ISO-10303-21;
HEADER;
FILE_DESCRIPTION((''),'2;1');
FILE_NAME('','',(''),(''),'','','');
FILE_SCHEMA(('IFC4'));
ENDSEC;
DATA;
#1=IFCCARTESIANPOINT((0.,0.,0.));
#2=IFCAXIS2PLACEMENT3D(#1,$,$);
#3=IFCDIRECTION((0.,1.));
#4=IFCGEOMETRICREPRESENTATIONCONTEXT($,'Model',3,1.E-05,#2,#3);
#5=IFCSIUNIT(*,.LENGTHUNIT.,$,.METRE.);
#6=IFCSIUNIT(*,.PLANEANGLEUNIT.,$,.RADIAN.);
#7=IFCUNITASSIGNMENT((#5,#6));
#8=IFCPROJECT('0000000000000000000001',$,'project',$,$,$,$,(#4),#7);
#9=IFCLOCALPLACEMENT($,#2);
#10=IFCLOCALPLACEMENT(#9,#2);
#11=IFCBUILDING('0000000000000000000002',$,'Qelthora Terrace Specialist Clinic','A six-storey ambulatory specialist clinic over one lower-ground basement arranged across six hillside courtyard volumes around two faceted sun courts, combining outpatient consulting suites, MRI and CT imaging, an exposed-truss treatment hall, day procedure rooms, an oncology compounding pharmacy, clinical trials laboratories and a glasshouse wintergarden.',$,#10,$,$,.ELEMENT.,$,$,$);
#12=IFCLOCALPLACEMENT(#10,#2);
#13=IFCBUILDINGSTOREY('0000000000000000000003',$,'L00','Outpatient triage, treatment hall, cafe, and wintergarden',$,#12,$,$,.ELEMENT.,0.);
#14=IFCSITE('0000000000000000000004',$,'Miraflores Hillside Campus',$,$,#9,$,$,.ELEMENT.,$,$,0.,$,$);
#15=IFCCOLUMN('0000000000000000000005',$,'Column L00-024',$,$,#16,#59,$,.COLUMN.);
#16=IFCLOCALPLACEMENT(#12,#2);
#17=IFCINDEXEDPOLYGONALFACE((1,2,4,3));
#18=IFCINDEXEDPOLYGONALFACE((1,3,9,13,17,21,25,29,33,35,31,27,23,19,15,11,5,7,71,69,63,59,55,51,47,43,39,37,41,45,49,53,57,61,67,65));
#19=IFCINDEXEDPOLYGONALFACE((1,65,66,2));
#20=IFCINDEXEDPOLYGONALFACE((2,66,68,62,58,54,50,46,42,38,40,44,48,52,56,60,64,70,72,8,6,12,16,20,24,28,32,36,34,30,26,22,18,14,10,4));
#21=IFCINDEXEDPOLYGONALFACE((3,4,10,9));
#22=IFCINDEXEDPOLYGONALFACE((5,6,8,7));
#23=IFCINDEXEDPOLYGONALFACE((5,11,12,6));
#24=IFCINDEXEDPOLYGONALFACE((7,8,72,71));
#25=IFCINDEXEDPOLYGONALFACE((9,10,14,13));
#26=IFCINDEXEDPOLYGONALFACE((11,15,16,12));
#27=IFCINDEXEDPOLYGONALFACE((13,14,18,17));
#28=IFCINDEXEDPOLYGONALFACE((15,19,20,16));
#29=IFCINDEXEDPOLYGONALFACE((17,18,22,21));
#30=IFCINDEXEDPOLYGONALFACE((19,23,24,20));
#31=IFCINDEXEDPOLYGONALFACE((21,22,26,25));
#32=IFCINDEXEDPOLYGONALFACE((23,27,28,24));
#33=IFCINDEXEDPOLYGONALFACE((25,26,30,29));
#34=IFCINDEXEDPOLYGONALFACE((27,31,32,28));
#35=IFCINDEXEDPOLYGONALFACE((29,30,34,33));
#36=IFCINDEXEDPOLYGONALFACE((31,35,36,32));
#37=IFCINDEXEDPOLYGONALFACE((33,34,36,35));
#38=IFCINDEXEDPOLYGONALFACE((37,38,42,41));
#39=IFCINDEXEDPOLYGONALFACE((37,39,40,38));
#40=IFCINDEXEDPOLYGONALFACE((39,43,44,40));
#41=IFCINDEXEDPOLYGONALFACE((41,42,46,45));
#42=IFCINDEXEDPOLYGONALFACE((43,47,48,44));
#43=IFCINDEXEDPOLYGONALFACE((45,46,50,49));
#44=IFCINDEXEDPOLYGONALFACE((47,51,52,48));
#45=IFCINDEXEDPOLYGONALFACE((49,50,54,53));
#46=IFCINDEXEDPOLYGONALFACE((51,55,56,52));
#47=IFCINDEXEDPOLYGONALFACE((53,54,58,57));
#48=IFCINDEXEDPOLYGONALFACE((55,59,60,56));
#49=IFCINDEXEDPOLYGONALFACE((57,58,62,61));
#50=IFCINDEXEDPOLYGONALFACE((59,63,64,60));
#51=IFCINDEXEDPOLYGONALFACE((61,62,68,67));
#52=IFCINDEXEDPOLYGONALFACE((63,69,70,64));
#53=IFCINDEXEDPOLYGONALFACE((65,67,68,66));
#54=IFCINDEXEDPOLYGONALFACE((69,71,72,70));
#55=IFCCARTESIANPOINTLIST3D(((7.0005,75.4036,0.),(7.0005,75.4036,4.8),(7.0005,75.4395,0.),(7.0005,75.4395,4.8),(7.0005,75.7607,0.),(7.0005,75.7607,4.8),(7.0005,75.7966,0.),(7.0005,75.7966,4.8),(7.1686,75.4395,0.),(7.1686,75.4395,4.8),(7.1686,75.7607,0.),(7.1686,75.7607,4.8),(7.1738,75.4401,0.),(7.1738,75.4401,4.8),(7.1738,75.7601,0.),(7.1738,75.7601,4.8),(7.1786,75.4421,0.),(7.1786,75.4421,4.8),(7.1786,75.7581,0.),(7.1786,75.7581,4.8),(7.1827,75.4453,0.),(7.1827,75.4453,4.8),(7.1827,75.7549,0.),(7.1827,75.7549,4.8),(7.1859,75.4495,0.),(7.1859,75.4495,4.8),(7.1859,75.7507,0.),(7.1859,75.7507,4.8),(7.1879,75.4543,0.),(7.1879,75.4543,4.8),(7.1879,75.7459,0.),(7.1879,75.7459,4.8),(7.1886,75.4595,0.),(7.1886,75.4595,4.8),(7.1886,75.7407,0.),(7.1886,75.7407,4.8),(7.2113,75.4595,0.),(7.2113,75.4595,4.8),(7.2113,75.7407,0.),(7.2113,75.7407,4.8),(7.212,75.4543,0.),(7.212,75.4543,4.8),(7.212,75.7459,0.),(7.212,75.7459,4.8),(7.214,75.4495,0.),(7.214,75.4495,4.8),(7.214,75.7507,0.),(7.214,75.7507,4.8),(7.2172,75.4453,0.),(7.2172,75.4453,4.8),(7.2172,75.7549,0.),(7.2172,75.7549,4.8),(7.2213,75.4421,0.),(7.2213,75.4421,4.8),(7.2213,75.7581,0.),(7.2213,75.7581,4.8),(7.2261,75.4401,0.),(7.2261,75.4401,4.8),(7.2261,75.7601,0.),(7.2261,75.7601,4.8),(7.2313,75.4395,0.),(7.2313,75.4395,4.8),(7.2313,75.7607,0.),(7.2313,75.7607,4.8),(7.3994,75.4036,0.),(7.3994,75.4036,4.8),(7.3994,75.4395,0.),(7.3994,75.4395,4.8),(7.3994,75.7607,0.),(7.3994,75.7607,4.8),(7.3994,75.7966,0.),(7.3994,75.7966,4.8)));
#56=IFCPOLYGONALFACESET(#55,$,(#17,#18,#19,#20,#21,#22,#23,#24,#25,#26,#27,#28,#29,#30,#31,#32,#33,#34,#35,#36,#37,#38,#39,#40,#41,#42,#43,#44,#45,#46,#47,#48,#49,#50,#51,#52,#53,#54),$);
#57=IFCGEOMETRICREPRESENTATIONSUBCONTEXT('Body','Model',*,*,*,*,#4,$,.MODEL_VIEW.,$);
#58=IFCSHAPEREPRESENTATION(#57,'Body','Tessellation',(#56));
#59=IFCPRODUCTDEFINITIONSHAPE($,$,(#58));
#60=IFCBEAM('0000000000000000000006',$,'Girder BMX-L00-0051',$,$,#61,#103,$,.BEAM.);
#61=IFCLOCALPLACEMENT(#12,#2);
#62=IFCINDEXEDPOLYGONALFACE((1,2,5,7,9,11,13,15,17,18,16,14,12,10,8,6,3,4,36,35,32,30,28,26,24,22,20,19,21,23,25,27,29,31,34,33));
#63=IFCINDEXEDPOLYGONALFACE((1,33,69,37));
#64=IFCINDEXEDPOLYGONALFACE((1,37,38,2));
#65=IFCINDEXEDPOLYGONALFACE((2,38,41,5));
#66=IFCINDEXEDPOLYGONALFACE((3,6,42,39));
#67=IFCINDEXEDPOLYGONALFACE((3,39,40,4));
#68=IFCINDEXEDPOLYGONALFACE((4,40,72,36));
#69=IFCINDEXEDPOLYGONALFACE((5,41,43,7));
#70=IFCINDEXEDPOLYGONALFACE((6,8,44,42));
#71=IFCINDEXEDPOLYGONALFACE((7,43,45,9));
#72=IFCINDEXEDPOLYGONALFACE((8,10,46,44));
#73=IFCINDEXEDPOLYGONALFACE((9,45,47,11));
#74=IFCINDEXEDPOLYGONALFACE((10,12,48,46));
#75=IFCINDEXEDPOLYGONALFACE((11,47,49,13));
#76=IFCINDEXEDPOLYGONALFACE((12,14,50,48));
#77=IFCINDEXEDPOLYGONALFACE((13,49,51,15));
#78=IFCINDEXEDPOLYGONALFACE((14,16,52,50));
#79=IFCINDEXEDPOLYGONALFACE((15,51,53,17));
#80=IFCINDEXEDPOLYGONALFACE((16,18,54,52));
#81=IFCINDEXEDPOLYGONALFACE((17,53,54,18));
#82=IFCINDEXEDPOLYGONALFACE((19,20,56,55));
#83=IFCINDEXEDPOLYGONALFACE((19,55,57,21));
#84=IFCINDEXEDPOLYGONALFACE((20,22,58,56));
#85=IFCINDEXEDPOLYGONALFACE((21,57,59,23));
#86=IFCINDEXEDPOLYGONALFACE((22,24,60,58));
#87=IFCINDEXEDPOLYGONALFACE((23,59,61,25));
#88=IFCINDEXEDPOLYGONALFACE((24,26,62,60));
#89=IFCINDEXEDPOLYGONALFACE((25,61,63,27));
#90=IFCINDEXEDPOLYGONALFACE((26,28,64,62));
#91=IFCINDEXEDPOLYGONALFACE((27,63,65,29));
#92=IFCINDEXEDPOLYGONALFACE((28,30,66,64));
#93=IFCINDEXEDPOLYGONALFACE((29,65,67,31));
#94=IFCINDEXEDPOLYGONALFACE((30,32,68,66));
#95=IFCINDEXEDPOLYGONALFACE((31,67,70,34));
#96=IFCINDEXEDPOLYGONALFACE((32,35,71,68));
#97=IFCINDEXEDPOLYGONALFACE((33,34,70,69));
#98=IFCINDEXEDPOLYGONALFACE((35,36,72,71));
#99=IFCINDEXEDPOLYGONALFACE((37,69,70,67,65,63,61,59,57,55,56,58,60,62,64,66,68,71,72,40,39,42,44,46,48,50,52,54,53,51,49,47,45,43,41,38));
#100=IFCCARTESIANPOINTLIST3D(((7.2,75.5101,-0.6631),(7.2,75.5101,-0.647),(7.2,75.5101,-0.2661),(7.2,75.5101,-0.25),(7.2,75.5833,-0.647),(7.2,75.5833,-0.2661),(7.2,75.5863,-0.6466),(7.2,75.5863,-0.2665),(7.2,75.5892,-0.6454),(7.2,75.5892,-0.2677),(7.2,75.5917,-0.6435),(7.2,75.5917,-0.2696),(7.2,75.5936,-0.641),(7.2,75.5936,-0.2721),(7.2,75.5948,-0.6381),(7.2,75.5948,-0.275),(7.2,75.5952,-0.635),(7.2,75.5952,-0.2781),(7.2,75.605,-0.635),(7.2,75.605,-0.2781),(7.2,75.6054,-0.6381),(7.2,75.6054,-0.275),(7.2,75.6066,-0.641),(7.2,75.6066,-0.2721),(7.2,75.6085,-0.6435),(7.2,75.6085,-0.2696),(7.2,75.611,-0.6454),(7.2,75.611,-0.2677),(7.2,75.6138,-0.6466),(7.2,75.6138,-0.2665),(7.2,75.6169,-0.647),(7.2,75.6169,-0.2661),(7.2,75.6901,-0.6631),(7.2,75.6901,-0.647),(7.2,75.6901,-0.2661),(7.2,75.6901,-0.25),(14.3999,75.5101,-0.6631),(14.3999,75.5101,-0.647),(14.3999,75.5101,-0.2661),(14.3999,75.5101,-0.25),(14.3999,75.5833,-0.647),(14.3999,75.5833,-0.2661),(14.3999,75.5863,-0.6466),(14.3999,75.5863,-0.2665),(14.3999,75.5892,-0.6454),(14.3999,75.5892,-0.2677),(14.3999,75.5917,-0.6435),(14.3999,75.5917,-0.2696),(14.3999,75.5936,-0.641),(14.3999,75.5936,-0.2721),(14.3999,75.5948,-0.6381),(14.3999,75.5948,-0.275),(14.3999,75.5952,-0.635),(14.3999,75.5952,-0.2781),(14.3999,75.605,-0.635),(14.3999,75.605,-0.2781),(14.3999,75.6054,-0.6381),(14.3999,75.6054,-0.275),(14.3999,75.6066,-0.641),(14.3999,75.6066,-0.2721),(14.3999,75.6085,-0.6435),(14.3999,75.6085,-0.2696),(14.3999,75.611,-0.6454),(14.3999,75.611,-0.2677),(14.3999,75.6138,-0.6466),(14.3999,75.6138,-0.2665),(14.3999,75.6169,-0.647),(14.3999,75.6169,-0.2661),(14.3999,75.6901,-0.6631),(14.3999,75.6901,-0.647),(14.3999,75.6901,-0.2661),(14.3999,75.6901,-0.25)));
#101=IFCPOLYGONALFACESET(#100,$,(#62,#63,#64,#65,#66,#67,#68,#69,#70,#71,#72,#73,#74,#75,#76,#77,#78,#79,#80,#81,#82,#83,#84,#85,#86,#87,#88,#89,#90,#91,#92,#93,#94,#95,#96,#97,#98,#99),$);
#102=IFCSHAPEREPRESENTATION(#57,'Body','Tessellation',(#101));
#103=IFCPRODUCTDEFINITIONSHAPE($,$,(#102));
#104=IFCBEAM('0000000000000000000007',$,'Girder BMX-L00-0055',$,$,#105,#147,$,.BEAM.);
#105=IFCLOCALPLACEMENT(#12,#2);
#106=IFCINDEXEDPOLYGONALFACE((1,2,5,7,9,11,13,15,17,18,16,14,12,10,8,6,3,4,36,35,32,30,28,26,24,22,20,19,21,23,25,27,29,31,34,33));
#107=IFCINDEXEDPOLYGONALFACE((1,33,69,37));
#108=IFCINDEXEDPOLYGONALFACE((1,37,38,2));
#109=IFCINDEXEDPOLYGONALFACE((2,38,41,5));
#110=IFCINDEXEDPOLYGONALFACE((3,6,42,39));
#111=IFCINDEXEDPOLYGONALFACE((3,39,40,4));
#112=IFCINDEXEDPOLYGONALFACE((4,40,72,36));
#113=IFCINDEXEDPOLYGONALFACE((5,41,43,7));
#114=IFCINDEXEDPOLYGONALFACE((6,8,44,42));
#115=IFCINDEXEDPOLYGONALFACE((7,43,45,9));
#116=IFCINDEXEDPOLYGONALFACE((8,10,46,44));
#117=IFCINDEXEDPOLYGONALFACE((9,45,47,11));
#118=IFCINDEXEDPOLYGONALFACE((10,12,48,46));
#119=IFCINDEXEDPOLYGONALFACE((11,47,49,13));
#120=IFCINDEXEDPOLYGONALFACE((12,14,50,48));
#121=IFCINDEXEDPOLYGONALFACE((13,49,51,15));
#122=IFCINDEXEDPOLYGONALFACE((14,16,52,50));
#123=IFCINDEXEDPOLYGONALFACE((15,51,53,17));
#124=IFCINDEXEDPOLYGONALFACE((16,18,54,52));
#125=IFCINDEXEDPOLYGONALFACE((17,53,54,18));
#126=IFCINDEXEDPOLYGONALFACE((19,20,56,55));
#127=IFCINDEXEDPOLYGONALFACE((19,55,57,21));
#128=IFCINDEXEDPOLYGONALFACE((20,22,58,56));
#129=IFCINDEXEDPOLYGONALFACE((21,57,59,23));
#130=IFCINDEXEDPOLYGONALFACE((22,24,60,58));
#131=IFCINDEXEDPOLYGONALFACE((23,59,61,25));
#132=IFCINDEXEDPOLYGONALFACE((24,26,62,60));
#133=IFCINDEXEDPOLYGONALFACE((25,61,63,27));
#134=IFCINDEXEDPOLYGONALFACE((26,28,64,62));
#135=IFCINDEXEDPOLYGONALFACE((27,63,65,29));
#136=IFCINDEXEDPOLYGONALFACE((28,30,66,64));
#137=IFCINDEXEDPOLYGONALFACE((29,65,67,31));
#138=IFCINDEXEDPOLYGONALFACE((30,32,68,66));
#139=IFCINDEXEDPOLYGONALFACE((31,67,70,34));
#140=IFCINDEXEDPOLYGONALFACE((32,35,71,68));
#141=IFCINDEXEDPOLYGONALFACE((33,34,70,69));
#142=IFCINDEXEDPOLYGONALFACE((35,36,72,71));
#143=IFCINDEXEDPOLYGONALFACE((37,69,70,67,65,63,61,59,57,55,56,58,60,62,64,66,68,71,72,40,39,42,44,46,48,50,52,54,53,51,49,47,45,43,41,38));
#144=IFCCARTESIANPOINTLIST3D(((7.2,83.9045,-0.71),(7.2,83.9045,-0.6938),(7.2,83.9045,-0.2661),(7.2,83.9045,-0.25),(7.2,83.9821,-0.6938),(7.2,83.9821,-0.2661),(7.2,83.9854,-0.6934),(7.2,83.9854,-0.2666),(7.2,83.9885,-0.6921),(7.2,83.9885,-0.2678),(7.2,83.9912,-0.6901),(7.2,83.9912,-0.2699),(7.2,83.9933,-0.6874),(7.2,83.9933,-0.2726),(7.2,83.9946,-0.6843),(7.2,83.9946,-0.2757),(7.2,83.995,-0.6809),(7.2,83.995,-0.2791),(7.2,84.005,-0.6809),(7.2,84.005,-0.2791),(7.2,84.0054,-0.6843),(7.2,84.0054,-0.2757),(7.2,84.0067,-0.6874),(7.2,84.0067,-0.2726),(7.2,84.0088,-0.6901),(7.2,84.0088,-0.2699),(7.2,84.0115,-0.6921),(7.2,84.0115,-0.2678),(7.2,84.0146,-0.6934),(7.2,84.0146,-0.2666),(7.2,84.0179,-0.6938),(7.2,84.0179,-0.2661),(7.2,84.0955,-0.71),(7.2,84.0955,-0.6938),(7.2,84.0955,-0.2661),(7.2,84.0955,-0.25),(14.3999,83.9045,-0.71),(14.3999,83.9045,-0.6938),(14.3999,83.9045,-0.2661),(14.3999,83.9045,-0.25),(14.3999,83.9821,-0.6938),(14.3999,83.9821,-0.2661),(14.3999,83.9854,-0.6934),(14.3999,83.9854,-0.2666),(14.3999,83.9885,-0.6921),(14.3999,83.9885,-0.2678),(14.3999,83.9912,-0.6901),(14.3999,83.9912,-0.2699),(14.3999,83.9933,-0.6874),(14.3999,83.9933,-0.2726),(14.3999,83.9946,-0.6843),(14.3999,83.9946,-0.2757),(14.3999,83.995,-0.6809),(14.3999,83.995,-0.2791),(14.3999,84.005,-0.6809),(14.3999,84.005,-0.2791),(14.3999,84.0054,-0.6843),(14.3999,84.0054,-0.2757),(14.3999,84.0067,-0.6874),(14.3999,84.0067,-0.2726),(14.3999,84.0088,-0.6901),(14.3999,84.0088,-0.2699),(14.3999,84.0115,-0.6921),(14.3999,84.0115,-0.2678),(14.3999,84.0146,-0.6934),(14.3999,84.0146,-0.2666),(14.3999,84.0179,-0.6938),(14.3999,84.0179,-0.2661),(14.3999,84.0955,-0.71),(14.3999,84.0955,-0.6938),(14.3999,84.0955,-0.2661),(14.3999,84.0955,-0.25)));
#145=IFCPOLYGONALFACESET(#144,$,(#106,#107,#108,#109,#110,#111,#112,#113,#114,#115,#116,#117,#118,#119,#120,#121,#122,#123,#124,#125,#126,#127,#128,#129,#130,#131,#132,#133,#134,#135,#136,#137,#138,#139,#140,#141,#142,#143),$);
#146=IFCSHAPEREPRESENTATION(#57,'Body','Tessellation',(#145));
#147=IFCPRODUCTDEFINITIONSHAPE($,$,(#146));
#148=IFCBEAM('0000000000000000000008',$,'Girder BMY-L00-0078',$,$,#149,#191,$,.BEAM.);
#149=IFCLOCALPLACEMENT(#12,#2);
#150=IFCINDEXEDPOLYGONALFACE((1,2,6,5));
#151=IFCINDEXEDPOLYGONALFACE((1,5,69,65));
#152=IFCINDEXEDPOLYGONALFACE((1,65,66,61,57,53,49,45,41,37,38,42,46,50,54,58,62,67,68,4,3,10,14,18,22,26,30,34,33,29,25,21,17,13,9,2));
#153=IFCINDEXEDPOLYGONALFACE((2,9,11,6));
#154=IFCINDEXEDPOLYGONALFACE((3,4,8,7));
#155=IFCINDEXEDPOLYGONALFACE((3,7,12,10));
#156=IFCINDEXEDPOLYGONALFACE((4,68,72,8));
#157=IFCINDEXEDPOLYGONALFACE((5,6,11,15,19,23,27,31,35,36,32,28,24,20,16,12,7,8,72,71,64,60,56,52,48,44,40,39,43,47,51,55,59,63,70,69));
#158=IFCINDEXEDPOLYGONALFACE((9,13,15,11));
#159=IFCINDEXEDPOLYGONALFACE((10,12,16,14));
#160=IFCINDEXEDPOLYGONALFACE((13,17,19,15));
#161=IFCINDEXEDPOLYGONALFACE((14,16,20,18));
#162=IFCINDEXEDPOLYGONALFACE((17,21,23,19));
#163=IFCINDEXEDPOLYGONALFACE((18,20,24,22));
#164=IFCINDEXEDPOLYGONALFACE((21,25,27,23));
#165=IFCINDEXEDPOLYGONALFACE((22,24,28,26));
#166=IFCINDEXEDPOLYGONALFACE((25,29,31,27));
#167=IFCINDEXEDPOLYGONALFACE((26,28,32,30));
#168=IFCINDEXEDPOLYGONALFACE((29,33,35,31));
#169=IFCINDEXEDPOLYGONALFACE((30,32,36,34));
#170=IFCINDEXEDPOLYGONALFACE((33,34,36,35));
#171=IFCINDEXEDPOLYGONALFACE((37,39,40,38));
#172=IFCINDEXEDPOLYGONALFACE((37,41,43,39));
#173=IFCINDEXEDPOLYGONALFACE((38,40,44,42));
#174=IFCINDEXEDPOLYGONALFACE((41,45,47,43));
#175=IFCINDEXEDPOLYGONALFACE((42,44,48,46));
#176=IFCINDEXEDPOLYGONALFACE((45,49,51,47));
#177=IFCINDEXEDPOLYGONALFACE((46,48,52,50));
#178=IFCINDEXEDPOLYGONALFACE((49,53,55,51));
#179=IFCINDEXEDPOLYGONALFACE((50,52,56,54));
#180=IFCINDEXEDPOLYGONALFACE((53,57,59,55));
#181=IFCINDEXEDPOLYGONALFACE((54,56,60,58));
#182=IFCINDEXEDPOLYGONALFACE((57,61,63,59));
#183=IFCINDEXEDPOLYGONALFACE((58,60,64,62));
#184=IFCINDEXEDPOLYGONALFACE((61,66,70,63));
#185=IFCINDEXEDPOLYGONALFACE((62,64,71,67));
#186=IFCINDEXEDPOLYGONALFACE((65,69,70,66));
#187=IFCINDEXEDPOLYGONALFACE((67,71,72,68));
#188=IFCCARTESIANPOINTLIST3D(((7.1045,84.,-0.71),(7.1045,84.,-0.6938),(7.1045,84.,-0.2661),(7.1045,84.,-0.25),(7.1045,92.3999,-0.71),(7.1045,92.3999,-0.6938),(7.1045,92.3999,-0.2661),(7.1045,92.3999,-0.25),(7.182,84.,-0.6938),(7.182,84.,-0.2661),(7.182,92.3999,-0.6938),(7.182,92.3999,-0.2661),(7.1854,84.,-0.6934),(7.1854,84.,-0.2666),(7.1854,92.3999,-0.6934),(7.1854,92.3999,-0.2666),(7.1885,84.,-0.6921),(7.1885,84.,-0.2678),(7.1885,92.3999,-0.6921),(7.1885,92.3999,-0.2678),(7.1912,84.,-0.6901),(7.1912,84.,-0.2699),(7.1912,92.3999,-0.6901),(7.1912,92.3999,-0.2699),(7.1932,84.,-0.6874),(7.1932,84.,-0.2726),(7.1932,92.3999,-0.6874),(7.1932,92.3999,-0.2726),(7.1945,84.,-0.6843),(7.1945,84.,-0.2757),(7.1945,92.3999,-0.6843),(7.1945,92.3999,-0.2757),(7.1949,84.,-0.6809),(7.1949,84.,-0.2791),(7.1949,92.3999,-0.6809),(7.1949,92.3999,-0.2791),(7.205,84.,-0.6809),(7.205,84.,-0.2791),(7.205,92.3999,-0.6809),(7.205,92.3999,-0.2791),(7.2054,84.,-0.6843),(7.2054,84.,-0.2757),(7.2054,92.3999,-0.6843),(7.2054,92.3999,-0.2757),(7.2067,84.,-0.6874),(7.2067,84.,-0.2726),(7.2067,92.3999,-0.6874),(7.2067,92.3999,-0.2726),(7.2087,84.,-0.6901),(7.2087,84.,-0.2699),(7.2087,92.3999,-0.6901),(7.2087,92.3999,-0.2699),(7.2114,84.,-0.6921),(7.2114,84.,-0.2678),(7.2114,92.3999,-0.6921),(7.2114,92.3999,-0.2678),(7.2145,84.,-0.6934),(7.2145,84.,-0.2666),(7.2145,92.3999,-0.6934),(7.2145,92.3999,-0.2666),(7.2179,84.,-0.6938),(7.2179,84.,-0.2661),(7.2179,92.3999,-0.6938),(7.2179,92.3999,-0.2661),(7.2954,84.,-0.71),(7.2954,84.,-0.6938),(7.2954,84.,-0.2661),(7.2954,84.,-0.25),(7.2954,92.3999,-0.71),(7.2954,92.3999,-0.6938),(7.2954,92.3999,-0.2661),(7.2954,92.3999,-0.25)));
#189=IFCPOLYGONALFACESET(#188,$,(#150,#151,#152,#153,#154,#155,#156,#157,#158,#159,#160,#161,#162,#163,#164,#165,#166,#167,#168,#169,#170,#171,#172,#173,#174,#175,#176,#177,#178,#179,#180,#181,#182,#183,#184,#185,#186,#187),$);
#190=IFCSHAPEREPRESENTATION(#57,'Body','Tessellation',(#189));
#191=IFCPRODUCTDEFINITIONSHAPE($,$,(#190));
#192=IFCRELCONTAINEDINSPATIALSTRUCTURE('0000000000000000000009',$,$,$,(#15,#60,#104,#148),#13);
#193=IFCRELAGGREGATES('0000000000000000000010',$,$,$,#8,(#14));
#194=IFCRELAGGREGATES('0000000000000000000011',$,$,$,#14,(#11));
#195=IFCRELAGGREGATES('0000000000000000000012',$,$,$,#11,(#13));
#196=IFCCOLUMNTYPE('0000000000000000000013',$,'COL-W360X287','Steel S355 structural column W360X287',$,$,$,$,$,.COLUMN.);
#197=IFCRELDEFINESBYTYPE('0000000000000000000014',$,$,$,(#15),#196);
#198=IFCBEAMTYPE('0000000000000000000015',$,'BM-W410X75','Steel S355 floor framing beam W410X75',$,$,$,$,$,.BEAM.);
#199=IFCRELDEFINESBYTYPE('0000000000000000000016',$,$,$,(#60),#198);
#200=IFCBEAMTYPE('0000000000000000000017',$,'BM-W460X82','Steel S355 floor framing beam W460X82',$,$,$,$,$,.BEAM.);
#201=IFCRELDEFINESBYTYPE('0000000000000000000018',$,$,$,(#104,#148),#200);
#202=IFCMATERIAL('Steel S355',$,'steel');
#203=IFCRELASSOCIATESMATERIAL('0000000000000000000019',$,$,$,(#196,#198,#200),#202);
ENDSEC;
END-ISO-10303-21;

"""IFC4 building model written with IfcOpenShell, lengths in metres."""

from ifc_helpers import new_model, si_unit, direction, frame, origin, origin_2d, place, context, subcontext, project, spatial, i_section, extrude, material, material_profile, profile_set, type_object, element, save


model = new_model("IFC4")

# Units and contexts
model_context = context("Model", 3, precision=1e-05, world=origin(), true_north=direction((0.0, 1.0)))
body_context = subcontext(model_context, "Body", "Model", "MODEL_VIEW")
ifc_project = project(units=[si_unit("LENGTHUNIT", "METRE"), si_unit("PLANEANGLEUNIT", "RADIAN")], contexts=[model_context])

# Site, building, storey
site_placement = place(None, origin())
site = spatial("IfcSite", under=ifc_project, at=site_placement, Name="Miraflores Hillside Campus", CompositionType="ELEMENT", RefElevation=0.0)
building_placement = place(site_placement, origin())
building = spatial("IfcBuilding", under=site, at=building_placement, Name="Qelthora Terrace Specialist Clinic", Description="A six-storey ambulatory specialist clinic over one lower-ground basement arranged across six hillside courtyard volumes around two faceted sun courts, combining outpatient consulting suites, MRI and CT imaging, an exposed-truss treatment hall, day procedure rooms, an oncology compounding pharmacy, clinical trials laboratories and a glasshouse wintergarden.", CompositionType="ELEMENT")
storey_placement = place(building_placement, origin())
storey = spatial("IfcBuildingStorey", under=building, at=storey_placement, Name="L00", Description="Outpatient triage, treatment hall, cafe, and wintergarden", CompositionType="ELEMENT", Elevation=0.0)

# Column
ifc_material_1 = material(Name="Steel S355", Category="steel")
ifc_material_profile_1 = material_profile(ifc_material_1, i_section(OverallWidth=0.3989, OverallDepth=0.3931, WebThickness=0.0227, FlangeThickness=0.0359, FilletRadius=0.02, at=origin_2d()), Name="W360X287")
ifc_profile_set_1 = profile_set([ifc_material_profile_1], Name="Steel S355")
column_type_1 = type_object("IfcColumnType", Name="COL-W360X287", Description="Steel S355 structural column W360X287", PredefinedType="COLUMN", material=ifc_profile_set_1)
column_1_placement = place(storey_placement, frame((7.2, 75.6001, 0.0), z_axis=(0.0, 0.0, 1.0), x_axis=(1.0, 0.0, 0.0)))
element("IfcColumn", 1, at=column_1_placement, inside=storey, type_object=column_type_1, Name="Column L00-024", PredefinedType="COLUMN", context=body_context, shape_type="SweptSolid", body=[
    extrude(i_section(OverallWidth=0.3989, OverallDepth=0.3931, WebThickness=0.0227, FlangeThickness=0.0359, FilletRadius=0.02, at=origin_2d()), origin(), (0.0, 0.0, 1.0), 4.8),
])

# Beams
ifc_material_profile_2 = material_profile(ifc_material_1, i_section(OverallWidth=0.1799, OverallDepth=0.4131, WebThickness=0.0098, FlangeThickness=0.0161, FilletRadius=0.012, at=origin_2d()), Name="W410X75")
ifc_profile_set_2 = profile_set([ifc_material_profile_2], Name="Steel S355")
beam_type_1 = type_object("IfcBeamType", Name="BM-W410X75", Description="Steel S355 floor framing beam W410X75", PredefinedType="BEAM", material=ifc_profile_set_2)
beam_1_placement = place(storey_placement, frame((7.2, 75.6001, -0.4565), z_axis=(1.0, 0.0, 0.0), x_axis=(0.0, 1.0, 0.0)))
element("IfcBeam", 2, at=beam_1_placement, inside=storey, type_object=beam_type_1, Name="Girder BMX-L00-0051", PredefinedType="BEAM", context=body_context, shape_type="SweptSolid", body=[
    extrude(i_section(OverallWidth=0.1799, OverallDepth=0.4131, WebThickness=0.0098, FlangeThickness=0.0161, FilletRadius=0.012, at=origin_2d()), origin(), (0.0, 0.0, 1.0), 7.2),
])
ifc_material_profile_3 = material_profile(ifc_material_1, i_section(OverallWidth=0.1909, OverallDepth=0.46, WebThickness=0.01, FlangeThickness=0.0161, FilletRadius=0.0129, at=origin_2d()), Name="W460X82")
ifc_profile_set_3 = profile_set([ifc_material_profile_3], Name="Steel S355")
beam_type_2 = type_object("IfcBeamType", Name="BM-W460X82", Description="Steel S355 floor framing beam W460X82", PredefinedType="BEAM", material=ifc_profile_set_3)
beam_2_placement = place(storey_placement, frame((7.2, 84.0, -0.48), z_axis=(1.0, 0.0, 0.0), x_axis=(0.0, 1.0, 0.0)))
element("IfcBeam", 3, at=beam_2_placement, inside=storey, type_object=beam_type_2, Name="Girder BMX-L00-0055", PredefinedType="BEAM", context=body_context, shape_type="SweptSolid", body=[
    extrude(i_section(OverallWidth=0.1909, OverallDepth=0.46, WebThickness=0.01, FlangeThickness=0.0161, FilletRadius=0.0129, at=origin_2d()), origin(), (0.0, 0.0, 1.0), 7.2),
])
beam_3_placement = place(storey_placement, frame((7.2, 84.0, -0.48), z_axis=(0.0, 1.0, 0.0), x_axis=(-1.0, 0.0, 0.0)))
element("IfcBeam", 4, at=beam_3_placement, inside=storey, type_object=beam_type_2, Name="Girder BMY-L00-0078", PredefinedType="BEAM", context=body_context, shape_type="SweptSolid", body=[
    extrude(i_section(OverallWidth=0.1909, OverallDepth=0.46, WebThickness=0.01, FlangeThickness=0.0161, FilletRadius=0.0129, at=origin_2d()), origin(), (0.0, 0.0, 1.0), 8.3999),
])

save(model, "model.ifc")
